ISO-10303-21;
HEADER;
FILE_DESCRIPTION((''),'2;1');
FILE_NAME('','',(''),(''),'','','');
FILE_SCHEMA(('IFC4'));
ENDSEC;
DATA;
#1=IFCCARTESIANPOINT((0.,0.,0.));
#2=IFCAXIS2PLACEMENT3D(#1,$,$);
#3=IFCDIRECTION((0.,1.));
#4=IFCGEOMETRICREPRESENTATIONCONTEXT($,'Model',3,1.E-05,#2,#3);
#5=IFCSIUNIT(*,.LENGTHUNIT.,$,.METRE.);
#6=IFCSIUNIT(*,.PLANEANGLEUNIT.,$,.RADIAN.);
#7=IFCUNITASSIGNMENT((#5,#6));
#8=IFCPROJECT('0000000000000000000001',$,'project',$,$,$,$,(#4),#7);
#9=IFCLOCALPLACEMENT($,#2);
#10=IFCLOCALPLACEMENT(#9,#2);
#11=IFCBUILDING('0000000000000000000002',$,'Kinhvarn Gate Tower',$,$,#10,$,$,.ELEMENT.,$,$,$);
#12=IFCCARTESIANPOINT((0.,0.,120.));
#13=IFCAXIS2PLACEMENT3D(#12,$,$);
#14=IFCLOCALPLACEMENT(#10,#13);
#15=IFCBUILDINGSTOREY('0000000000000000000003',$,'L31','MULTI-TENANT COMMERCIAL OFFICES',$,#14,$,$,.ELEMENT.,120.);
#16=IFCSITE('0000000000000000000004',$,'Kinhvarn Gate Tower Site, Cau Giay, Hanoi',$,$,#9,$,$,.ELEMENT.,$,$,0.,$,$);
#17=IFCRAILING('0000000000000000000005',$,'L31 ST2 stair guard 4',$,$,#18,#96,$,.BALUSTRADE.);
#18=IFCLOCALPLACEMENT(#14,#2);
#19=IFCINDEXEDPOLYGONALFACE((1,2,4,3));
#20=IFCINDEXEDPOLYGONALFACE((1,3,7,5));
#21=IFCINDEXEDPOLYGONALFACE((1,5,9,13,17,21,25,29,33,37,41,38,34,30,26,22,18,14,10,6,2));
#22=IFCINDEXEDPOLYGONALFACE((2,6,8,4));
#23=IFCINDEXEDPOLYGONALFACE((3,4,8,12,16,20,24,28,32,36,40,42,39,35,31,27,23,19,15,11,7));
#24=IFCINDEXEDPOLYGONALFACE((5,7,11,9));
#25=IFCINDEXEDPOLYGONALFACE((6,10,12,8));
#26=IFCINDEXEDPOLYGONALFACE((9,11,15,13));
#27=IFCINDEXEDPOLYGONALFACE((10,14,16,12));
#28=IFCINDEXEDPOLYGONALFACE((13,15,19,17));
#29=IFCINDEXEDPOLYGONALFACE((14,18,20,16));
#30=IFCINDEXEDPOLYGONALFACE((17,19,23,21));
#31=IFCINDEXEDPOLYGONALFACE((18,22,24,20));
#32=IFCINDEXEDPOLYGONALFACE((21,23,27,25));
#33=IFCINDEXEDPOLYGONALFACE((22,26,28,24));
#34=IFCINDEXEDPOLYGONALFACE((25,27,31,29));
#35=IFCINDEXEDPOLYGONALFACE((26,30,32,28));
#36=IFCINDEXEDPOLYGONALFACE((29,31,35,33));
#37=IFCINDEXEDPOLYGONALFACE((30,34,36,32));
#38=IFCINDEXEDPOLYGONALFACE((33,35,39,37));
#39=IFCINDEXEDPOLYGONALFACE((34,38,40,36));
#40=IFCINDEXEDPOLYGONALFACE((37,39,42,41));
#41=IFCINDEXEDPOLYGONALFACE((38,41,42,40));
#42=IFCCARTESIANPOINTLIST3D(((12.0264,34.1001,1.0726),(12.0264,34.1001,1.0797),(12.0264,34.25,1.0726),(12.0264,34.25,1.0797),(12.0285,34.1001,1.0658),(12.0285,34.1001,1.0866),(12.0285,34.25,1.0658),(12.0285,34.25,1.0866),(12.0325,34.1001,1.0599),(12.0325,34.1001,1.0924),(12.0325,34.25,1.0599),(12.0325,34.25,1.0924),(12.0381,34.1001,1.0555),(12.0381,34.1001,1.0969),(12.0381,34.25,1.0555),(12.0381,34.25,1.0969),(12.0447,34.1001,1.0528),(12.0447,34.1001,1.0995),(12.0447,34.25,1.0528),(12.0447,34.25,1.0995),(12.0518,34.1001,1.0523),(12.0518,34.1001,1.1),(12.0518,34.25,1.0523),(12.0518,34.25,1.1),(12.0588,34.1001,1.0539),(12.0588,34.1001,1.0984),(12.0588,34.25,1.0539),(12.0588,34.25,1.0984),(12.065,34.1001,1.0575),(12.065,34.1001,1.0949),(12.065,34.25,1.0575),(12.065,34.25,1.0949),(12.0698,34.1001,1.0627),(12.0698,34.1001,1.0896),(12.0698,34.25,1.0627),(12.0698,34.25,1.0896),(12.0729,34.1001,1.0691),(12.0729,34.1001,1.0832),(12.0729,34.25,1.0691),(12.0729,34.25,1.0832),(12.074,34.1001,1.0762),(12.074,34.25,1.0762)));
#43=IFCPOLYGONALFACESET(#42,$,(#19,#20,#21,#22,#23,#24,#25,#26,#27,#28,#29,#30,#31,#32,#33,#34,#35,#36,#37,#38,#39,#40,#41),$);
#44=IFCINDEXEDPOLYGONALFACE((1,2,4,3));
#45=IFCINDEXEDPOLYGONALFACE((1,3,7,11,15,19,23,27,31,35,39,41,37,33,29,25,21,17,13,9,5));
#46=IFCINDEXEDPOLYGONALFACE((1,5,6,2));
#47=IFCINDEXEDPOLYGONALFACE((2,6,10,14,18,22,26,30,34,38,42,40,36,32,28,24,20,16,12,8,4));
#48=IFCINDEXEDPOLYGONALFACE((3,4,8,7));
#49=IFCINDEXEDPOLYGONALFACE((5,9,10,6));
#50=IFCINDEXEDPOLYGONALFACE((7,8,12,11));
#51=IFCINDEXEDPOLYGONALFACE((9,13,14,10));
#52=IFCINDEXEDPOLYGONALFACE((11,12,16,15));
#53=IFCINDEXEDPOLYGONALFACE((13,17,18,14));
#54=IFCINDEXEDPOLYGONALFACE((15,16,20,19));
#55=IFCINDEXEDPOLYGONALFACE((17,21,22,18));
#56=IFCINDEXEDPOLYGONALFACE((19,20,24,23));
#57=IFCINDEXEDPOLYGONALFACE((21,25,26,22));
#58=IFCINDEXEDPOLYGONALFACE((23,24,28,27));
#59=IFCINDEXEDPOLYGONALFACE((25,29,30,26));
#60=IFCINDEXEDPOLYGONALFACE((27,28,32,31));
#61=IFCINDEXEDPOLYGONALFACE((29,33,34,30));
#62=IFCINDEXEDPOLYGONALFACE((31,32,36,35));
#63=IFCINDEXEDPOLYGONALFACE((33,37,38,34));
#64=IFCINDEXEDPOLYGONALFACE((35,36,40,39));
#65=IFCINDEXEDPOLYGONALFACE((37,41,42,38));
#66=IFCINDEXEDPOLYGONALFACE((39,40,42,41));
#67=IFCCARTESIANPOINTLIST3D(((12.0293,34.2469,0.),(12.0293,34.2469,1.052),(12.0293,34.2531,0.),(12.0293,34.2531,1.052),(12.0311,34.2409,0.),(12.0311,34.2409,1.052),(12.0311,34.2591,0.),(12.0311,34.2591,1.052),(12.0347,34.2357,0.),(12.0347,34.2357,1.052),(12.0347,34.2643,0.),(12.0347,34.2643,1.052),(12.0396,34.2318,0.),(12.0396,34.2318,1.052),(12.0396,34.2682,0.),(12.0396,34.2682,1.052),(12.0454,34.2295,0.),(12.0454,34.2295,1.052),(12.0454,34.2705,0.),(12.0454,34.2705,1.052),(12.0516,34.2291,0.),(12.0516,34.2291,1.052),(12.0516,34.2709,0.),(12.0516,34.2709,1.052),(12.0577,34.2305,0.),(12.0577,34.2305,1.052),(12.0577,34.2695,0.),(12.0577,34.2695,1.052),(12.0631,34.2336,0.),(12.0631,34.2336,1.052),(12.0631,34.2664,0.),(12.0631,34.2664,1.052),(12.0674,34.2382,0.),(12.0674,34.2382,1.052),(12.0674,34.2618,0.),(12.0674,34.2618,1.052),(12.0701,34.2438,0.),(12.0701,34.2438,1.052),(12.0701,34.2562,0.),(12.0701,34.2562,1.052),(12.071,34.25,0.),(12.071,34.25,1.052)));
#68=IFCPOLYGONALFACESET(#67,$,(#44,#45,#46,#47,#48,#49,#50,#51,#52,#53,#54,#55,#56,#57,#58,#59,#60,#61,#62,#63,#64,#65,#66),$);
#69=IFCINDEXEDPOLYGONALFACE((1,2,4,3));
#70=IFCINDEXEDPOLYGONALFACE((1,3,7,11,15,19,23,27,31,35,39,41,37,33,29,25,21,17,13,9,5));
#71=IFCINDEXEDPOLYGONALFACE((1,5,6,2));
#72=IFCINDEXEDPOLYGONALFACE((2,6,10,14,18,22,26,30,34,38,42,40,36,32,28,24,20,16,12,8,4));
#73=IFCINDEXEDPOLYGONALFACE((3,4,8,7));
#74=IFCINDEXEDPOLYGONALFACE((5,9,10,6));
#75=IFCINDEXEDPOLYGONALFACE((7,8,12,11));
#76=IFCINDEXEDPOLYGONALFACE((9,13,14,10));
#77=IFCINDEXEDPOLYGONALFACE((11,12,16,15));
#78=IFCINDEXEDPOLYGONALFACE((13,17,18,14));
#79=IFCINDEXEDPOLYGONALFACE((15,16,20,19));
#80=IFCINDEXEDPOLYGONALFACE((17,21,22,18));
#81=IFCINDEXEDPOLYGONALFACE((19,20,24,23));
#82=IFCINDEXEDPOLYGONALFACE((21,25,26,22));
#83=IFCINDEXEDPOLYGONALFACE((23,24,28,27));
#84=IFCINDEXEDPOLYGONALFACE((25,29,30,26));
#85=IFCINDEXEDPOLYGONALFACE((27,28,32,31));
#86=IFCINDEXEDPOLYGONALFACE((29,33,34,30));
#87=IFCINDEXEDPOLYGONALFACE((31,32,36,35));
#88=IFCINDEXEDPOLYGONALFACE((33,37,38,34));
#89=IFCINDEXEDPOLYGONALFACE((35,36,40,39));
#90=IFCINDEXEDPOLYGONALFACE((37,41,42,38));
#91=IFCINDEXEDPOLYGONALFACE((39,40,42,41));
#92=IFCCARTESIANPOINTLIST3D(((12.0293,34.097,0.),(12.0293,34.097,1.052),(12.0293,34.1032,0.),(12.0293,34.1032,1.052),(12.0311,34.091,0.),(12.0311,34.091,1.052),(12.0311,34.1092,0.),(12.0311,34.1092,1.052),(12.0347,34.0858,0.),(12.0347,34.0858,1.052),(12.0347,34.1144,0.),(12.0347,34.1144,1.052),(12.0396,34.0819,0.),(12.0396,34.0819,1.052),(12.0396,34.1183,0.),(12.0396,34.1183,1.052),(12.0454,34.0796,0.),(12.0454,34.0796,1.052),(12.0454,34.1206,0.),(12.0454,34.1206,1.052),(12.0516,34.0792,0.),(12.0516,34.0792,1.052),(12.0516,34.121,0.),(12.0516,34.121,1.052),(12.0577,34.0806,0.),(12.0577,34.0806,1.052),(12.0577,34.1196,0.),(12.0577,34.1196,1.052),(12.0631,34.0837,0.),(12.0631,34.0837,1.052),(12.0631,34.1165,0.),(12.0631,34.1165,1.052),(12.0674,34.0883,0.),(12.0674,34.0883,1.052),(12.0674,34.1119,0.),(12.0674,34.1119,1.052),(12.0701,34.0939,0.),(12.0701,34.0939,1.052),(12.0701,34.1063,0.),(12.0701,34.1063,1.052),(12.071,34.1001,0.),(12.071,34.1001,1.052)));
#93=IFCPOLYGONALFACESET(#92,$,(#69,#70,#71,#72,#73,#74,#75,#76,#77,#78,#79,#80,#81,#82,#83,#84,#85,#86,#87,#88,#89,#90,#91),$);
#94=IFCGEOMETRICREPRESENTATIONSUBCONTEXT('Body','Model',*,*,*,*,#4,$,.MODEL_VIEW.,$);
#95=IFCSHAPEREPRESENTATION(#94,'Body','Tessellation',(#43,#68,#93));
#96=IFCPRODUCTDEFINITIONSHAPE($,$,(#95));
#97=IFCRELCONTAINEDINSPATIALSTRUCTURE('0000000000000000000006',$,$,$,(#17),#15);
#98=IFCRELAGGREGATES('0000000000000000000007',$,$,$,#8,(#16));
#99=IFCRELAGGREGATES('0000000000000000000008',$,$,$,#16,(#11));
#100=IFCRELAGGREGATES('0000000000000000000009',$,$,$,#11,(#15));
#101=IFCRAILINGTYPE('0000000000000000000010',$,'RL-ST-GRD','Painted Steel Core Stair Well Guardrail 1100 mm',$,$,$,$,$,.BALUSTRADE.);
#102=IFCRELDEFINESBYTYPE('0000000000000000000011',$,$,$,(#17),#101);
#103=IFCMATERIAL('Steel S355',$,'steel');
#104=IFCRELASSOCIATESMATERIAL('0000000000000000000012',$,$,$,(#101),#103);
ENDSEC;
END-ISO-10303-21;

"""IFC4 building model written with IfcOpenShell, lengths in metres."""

from ifc_helpers import new_model, si_unit, direction, frame, origin, origin_2d, place, context, subcontext, project, spatial, circle, extrude, material, type_object, element, save


model = new_model("IFC4")

# Units and contexts
model_context = context("Model", 3, precision=1e-05, world=origin(), true_north=direction((0.0, 1.0)))
body_context = subcontext(model_context, "Body", "Model", "MODEL_VIEW")
ifc_project = project(units=[si_unit("LENGTHUNIT", "METRE"), si_unit("PLANEANGLEUNIT", "RADIAN")], contexts=[model_context])

# Site, building, storey
site_placement = place(None, origin())
site = spatial("IfcSite", under=ifc_project, at=site_placement, Name="Kinhvarn Gate Tower Site, Cau Giay, Hanoi", CompositionType="ELEMENT", RefElevation=0.0)
building_placement = place(site_placement, origin())
building = spatial("IfcBuilding", under=site, at=building_placement, Name="Kinhvarn Gate Tower", CompositionType="ELEMENT")
storey_placement = place(building_placement, frame((0.0, 0.0, 120.0)))
storey = spatial("IfcBuildingStorey", under=building, at=storey_placement, Name="L31", Description="MULTI-TENANT COMMERCIAL OFFICES", CompositionType="ELEMENT", Elevation=120.0)

# Shared definitions
ifc_material_1 = material(Name="Steel S355", Category="steel")

# Railing
railing_type_1 = type_object("IfcRailingType", Name="RL-ST-GRD", Description="Painted Steel Core Stair Well Guardrail 1100 mm", PredefinedType="BALUSTRADE", material=ifc_material_1)
railing_1_placement = place(storey_placement, frame((12.05, 34.25, 0.0)))
element("IfcRailing", 1, at=railing_1_placement, inside=storey, type_object=railing_type_1, Name="L31 ST2 stair guard 4", PredefinedType="BALUSTRADE", context=body_context, shape_type="SweptSolid", body=[
    extrude(circle(Radius=0.0239, at=origin_2d()), frame((0.0, 0.0, 1.0762), z_axis=(0.0, -1.0, 0.0), x_axis=(1.0, 0.0, 0.0)), (0.0, 0.0, 1.0), 0.1499),
    extrude(circle(Radius=0.021, at=origin_2d()), origin(), (0.0, 0.0, 1.0), 1.052),
    extrude(circle(Radius=0.021, at=origin_2d()), frame((0.0, -0.1499, 0.0)), (0.0, 0.0, 1.0), 1.052),
])

save(model, "model.ifc")
